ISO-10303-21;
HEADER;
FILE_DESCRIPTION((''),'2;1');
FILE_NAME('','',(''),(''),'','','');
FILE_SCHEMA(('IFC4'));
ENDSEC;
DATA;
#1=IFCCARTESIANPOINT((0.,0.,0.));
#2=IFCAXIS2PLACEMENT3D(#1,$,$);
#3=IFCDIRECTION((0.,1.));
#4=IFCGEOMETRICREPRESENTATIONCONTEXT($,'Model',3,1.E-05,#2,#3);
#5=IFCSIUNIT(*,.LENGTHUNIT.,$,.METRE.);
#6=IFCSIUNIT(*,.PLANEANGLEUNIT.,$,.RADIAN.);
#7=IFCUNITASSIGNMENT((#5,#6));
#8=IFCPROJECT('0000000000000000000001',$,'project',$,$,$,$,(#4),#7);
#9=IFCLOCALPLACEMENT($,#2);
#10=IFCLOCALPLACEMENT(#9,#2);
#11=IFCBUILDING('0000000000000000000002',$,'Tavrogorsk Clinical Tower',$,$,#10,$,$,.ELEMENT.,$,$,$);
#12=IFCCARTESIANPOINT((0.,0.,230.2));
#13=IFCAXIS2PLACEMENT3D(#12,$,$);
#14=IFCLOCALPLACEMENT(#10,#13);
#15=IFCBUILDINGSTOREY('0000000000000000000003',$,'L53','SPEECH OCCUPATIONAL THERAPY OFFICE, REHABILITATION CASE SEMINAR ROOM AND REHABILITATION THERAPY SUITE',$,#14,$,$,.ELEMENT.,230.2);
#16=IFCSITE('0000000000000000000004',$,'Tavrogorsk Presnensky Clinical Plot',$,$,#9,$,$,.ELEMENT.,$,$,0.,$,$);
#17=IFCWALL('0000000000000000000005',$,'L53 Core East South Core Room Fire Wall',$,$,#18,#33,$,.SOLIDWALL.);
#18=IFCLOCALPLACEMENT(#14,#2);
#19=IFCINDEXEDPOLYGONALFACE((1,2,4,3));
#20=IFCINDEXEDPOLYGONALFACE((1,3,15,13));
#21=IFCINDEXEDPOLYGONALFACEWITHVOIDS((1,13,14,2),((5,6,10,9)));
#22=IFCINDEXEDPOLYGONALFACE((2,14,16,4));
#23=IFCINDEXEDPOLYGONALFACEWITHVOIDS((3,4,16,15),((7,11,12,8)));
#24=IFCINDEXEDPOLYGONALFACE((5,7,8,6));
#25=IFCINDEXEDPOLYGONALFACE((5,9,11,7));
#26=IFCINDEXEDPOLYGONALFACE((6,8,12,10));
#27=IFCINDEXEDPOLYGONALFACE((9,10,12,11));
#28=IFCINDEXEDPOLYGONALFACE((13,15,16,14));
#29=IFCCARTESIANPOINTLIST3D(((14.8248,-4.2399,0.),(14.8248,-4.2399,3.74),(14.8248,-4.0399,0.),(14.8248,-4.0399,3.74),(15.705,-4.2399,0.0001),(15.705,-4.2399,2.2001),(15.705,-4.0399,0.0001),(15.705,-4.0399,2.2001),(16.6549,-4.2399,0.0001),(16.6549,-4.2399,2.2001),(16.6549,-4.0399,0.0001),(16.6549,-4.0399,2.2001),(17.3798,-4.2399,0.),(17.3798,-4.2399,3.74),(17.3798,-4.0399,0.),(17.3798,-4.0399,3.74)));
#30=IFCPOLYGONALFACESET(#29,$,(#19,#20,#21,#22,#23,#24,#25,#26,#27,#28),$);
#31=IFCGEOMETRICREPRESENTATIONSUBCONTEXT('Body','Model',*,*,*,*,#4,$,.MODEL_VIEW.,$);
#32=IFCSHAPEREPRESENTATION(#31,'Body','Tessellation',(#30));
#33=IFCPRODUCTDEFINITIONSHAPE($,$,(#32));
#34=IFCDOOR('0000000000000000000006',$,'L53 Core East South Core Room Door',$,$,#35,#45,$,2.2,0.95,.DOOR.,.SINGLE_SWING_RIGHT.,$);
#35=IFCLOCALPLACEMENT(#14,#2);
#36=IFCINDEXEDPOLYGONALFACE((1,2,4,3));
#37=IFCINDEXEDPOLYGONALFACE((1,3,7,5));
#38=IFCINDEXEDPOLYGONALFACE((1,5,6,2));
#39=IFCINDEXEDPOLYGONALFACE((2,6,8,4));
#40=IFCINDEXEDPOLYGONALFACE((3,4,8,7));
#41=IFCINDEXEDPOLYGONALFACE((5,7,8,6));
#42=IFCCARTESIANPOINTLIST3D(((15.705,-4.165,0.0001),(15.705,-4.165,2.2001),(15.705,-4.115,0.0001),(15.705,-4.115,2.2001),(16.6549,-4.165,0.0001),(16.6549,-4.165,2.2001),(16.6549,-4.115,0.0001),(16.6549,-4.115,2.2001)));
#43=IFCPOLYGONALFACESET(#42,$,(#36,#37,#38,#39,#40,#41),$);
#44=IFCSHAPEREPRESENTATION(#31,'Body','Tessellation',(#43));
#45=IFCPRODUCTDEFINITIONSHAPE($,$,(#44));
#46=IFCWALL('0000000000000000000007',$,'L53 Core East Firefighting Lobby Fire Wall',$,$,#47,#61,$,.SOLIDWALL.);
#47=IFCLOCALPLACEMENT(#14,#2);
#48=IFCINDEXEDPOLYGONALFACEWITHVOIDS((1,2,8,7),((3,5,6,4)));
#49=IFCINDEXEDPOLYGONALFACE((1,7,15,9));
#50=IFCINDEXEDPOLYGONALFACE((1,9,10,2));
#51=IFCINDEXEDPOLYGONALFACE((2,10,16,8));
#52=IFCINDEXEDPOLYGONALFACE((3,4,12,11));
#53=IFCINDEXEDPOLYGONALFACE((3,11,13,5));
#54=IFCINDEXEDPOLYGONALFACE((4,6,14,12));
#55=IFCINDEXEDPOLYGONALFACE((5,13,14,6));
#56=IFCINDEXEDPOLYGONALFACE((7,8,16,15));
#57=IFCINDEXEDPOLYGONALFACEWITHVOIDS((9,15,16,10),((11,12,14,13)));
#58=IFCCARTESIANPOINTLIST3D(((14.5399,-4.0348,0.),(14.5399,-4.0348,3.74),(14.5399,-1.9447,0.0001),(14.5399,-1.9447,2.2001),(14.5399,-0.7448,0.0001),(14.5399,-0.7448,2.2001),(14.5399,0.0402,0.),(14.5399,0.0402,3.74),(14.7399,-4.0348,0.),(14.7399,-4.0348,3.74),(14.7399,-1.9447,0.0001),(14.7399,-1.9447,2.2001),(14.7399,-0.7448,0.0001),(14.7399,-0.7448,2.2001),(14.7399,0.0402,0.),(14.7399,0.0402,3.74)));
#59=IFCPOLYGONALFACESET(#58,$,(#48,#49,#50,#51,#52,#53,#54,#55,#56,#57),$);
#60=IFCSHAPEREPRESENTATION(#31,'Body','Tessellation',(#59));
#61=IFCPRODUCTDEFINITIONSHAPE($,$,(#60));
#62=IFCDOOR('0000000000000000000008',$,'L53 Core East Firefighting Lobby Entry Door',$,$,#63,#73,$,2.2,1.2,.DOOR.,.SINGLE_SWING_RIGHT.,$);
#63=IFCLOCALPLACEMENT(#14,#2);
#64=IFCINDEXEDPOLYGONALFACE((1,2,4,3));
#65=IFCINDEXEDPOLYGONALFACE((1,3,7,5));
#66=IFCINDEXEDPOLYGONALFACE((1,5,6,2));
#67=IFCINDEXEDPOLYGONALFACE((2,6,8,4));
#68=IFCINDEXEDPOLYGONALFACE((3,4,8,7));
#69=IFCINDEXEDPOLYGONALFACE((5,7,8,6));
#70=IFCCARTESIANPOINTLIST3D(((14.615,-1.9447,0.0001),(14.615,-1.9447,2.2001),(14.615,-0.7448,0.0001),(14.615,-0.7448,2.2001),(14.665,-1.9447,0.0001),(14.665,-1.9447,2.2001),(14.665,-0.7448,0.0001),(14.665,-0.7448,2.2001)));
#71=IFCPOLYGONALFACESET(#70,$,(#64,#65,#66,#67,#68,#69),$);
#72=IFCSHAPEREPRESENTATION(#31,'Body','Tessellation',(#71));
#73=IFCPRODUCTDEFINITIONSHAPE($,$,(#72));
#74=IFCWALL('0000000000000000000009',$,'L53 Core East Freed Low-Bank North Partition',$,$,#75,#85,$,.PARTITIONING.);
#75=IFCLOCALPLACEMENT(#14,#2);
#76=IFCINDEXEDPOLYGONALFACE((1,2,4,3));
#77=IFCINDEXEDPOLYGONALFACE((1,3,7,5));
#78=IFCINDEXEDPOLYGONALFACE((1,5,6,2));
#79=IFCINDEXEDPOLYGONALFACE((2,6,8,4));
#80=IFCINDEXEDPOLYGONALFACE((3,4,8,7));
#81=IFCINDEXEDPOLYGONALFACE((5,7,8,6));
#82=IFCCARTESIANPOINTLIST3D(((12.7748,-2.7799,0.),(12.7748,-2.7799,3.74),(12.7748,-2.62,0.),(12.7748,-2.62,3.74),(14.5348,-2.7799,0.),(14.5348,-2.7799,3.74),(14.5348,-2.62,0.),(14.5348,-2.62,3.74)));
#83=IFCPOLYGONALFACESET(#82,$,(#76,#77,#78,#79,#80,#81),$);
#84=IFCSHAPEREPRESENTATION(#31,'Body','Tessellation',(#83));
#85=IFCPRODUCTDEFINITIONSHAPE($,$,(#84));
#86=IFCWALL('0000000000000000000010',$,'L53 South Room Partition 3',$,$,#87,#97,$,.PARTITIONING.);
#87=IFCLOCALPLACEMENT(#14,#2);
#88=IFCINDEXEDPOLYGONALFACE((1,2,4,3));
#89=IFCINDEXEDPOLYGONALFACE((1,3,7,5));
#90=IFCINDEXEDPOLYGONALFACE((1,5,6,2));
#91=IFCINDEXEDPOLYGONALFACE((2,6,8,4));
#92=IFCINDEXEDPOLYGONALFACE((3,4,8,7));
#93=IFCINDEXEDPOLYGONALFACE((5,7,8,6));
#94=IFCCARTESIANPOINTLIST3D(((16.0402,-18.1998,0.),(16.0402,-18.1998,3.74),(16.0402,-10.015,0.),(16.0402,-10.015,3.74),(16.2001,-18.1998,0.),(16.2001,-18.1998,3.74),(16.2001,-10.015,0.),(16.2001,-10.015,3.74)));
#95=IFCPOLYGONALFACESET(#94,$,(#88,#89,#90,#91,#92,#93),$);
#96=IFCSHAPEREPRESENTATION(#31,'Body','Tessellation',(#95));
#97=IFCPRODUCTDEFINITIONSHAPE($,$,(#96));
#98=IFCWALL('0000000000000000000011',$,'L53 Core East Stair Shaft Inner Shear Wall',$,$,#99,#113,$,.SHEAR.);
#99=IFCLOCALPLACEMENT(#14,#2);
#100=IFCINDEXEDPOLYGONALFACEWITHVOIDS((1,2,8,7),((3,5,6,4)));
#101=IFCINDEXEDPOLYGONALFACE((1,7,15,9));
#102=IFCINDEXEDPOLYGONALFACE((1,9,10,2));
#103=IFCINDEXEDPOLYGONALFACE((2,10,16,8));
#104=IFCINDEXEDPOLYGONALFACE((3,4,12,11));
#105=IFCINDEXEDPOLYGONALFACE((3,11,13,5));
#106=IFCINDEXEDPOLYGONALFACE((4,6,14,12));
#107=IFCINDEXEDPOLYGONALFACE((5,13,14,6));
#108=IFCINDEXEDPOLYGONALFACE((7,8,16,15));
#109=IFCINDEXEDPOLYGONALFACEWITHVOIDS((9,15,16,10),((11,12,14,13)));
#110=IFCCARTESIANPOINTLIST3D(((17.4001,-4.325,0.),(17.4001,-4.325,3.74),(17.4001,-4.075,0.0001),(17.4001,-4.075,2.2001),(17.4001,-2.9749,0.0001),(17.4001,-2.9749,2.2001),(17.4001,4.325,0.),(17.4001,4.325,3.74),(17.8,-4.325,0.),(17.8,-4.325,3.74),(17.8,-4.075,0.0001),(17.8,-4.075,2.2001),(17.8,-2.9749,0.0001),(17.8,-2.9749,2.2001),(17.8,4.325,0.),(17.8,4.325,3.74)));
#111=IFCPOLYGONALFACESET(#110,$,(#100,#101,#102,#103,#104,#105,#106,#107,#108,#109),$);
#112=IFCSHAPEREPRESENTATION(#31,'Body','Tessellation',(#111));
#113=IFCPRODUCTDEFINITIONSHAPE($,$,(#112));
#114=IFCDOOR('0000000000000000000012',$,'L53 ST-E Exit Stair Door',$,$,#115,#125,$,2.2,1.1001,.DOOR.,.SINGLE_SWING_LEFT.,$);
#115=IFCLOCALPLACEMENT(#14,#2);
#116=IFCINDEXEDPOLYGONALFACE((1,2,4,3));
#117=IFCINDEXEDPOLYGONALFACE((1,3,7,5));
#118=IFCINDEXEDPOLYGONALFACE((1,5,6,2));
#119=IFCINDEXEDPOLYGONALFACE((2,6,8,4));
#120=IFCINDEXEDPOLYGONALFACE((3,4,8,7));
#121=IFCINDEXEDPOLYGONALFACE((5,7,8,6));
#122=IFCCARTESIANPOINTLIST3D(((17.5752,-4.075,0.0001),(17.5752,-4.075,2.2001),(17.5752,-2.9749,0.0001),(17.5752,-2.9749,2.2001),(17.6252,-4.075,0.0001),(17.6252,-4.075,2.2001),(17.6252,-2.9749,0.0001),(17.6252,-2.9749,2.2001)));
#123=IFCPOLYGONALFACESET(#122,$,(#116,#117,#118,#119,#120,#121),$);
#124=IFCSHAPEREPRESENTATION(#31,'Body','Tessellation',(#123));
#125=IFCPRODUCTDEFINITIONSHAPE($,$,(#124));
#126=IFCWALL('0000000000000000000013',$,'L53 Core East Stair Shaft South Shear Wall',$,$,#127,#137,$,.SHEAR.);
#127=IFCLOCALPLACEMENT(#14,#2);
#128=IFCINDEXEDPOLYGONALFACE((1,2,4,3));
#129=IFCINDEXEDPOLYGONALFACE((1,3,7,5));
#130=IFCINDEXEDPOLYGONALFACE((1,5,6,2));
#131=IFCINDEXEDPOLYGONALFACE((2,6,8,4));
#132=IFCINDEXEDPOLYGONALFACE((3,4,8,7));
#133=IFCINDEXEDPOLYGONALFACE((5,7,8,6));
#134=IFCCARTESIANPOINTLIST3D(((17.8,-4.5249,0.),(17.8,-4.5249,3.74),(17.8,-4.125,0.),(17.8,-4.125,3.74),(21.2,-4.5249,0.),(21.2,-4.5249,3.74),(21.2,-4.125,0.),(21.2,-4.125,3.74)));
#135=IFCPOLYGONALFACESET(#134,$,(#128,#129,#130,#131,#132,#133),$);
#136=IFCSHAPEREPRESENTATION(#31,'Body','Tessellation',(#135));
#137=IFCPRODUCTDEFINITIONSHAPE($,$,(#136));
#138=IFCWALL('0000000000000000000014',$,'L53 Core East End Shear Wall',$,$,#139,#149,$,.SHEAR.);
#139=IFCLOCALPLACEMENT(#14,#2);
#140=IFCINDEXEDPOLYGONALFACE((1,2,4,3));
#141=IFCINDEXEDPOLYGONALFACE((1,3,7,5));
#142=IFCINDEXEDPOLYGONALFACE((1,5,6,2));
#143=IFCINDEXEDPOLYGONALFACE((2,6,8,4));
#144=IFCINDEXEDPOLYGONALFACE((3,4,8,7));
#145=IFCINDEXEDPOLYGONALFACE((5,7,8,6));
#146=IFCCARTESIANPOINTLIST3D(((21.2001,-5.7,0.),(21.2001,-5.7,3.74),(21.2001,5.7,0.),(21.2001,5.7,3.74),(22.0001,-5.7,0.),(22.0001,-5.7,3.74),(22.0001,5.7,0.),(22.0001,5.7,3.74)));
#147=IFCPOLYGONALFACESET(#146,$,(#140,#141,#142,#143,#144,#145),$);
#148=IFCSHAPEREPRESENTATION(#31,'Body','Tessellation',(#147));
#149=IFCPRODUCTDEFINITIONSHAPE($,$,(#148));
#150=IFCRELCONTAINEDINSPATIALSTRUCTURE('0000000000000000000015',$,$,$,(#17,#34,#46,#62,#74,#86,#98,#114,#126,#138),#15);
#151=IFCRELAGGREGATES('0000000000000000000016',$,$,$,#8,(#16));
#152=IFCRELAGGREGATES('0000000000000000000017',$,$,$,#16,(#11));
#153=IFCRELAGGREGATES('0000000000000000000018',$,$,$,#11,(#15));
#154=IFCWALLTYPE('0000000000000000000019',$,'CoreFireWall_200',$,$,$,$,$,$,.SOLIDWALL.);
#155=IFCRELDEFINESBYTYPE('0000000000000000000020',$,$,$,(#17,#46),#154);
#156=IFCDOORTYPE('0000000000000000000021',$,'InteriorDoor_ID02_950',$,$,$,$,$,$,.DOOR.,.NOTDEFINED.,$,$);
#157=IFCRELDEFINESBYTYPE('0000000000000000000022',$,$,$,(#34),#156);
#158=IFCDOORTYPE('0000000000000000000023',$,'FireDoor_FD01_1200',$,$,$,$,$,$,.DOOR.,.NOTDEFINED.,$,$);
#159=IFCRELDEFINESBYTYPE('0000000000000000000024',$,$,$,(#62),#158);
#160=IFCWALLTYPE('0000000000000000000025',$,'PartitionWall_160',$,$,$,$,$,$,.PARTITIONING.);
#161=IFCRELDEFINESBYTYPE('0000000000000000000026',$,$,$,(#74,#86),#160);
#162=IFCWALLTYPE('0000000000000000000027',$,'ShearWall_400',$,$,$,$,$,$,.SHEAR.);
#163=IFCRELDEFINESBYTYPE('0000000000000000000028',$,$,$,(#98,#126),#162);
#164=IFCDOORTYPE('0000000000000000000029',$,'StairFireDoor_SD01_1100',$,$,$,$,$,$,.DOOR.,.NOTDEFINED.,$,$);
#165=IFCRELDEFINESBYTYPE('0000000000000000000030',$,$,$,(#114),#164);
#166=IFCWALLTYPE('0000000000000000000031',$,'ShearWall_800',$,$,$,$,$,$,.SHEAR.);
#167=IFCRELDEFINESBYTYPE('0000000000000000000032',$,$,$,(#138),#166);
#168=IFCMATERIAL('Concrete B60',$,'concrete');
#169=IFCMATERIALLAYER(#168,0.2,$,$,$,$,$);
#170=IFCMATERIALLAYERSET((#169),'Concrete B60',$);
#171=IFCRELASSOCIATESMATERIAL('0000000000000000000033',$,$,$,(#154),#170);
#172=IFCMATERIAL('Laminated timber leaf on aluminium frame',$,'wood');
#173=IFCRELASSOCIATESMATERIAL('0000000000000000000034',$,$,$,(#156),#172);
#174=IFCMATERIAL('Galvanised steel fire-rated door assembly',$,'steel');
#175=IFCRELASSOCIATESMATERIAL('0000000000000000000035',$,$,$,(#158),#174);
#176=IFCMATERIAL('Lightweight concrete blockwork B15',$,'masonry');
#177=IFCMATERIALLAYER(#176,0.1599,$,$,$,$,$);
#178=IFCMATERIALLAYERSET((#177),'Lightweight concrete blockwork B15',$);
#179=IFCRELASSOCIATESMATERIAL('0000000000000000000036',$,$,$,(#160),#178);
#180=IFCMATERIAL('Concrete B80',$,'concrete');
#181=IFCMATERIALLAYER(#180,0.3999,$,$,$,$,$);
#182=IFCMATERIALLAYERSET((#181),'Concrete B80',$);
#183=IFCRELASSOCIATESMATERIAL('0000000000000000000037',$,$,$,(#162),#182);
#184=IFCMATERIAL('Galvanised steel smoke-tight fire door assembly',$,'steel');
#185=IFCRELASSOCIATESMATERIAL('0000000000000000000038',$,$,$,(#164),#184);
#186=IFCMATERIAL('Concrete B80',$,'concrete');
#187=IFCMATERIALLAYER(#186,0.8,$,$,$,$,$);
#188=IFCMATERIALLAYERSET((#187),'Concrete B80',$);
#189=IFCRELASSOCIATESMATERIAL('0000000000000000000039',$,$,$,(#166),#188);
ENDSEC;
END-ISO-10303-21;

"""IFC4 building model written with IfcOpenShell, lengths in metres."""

from ifc_helpers import new_model, si_unit, direction, frame, frame_2d, origin, place, context, subcontext, project, spatial, rectangle, extrude, material, layer, layer_set, type_object, element, fill, save


model = new_model("IFC4")

# Units and contexts
model_context = context("Model", 3, precision=1e-05, world=origin(), true_north=direction((0.0, 1.0)))
body_context = subcontext(model_context, "Body", "Model", "MODEL_VIEW")
ifc_project = project(units=[si_unit("LENGTHUNIT", "METRE"), si_unit("PLANEANGLEUNIT", "RADIAN")], contexts=[model_context])

# Site, building, storey
site_placement = place(None, origin())
site = spatial("IfcSite", under=ifc_project, at=site_placement, Name="Tavrogorsk Presnensky Clinical Plot", CompositionType="ELEMENT", RefElevation=0.0)
building_placement = place(site_placement, origin())
building = spatial("IfcBuilding", under=site, at=building_placement, Name="Tavrogorsk Clinical Tower", CompositionType="ELEMENT")
storey_placement = place(building_placement, frame((0.0, 0.0, 230.2)))
storey = spatial("IfcBuildingStorey", under=building, at=storey_placement, Name="L53", Description="SPEECH OCCUPATIONAL THERAPY OFFICE, REHABILITATION CASE SEMINAR ROOM AND REHABILITATION THERAPY SUITE", CompositionType="ELEMENT", Elevation=230.2)

# Walls, openings, doors
ifc_material_1 = material(Name="Concrete B60", Category="concrete")
ifc_layer_1 = layer(ifc_material_1, 0.2)
ifc_layer_set_1 = layer_set([ifc_layer_1], Name="Concrete B60")
wall_type_1 = type_object("IfcWallType", Name="CoreFireWall_200", PredefinedType="SOLIDWALL", material=ifc_layer_set_1)
wall_1_placement = place(storey_placement, frame((14.825, -4.1399, 0.0), z_axis=(0.0, 0.0, 1.0), x_axis=(1.0, 0.0, 0.0)))
wall_1 = element("IfcWall", 1, at=wall_1_placement, inside=storey, type_object=wall_type_1, Name="L53 Core East South Core Room Fire Wall", PredefinedType="SOLIDWALL", context=body_context, shape_type="SweptSolid", body=[
    extrude(rectangle(XDim=2.5549, YDim=0.2, at=frame_2d((1.2773, 0.0))), origin(), (0.0, 0.0, 1.0), 3.74),
])
opening_1_placement = place(wall_1_placement, frame((0.8799, 0.0, 0.0)))
opening_1 = element("IfcOpeningElement", 2, at=opening_1_placement, cuts=wall_1, PredefinedType="OPENING", context=body_context, shape_type="SweptSolid", body=[
    extrude(rectangle(XDim=0.95, YDim=2.2, at=frame_2d((0.4751, 1.1001))), frame((0.0, 0.1099, 0.0), z_axis=(0.0, -1.0, 0.0), x_axis=(1.0, 0.0, 0.0)), (0.0, 0.0, 1.0), 0.22),
])
ifc_material_2 = material(Name="Laminated timber leaf on aluminium frame", Category="wood")
door_type_1 = type_object("IfcDoorType", Name="InteriorDoor_ID02_950", OperationType="NOTDEFINED", PredefinedType="DOOR", material=ifc_material_2)
door_1_placement = place(opening_1_placement, origin())
door_1 = element("IfcDoor", 3, at=door_1_placement, inside=storey, type_object=door_type_1, Name="L53 Core East South Core Room Door", OperationType="SINGLE_SWING_RIGHT", OverallHeight=2.2, OverallWidth=0.95, PredefinedType="DOOR", context=body_context, shape_type="SweptSolid", body=[
    extrude(rectangle(XDim=0.95, YDim=2.2, at=frame_2d((0.4751, 1.1001))), frame((0.0, 0.0249, 0.0), z_axis=(0.0, -1.0, 0.0), x_axis=(1.0, 0.0, 0.0)), (0.0, 0.0, 1.0), 0.05),
])
fill(opening_1, door_1)
wall_2_placement = place(storey_placement, frame((14.6399, -4.0349, 0.0), z_axis=(0.0, 0.0, 1.0), x_axis=(0.0, 1.0, 0.0)))
wall_2 = element("IfcWall", 4, at=wall_2_placement, inside=storey, type_object=wall_type_1, Name="L53 Core East Firefighting Lobby Fire Wall", PredefinedType="SOLIDWALL", context=body_context, shape_type="SweptSolid", body=[
    extrude(rectangle(XDim=4.075, YDim=0.2, at=frame_2d((2.0376, 0.0))), origin(), (0.0, 0.0, 1.0), 3.74),
])
opening_2_placement = place(wall_2_placement, frame((2.0901, 0.0, 0.0)))
opening_2 = element("IfcOpeningElement", 5, at=opening_2_placement, cuts=wall_2, PredefinedType="OPENING", context=body_context, shape_type="SweptSolid", body=[
    extrude(rectangle(XDim=1.2, YDim=2.2, at=frame_2d((0.6001, 1.1001))), frame((0.0, 0.1099, 0.0), z_axis=(0.0, -1.0, 0.0), x_axis=(1.0, 0.0, 0.0)), (0.0, 0.0, 1.0), 0.22),
])
ifc_material_3 = material(Name="Galvanised steel fire-rated door assembly", Category="steel")
door_type_2 = type_object("IfcDoorType", Name="FireDoor_FD01_1200", OperationType="NOTDEFINED", PredefinedType="DOOR", material=ifc_material_3)
door_2_placement = place(opening_2_placement, origin())
door_2 = element("IfcDoor", 6, at=door_2_placement, inside=storey, type_object=door_type_2, Name="L53 Core East Firefighting Lobby Entry Door", OperationType="SINGLE_SWING_RIGHT", OverallHeight=2.2, OverallWidth=1.2, PredefinedType="DOOR", context=body_context, shape_type="SweptSolid", body=[
    extrude(rectangle(XDim=1.2, YDim=2.2, at=frame_2d((0.6001, 1.1001))), frame((0.0, 0.0249, 0.0), z_axis=(0.0, -1.0, 0.0), x_axis=(1.0, 0.0, 0.0)), (0.0, 0.0, 1.0), 0.05),
])
fill(opening_2, door_2)

# Walls
ifc_material_4 = material(Name="Lightweight concrete blockwork B15", Category="masonry")
ifc_layer_2 = layer(ifc_material_4, 0.1599)
ifc_layer_set_2 = layer_set([ifc_layer_2], Name="Lightweight concrete blockwork B15")
wall_type_2 = type_object("IfcWallType", Name="PartitionWall_160", PredefinedType="PARTITIONING", material=ifc_layer_set_2)
wall_3_placement = place(storey_placement, frame((12.7749, -2.7, 0.0), z_axis=(0.0, 0.0, 1.0), x_axis=(1.0, 0.0, 0.0)))
element("IfcWall", 7, at=wall_3_placement, inside=storey, type_object=wall_type_2, Name="L53 Core East Freed Low-Bank North Partition", PredefinedType="PARTITIONING", context=body_context, shape_type="SweptSolid", body=[
    extrude(rectangle(XDim=1.76, YDim=0.1599, at=frame_2d((0.8799, 0.0))), origin(), (0.0, 0.0, 1.0), 3.74),
])
wall_4_placement = place(storey_placement, frame((16.1201, -18.1997, 0.0), z_axis=(0.0, 0.0, 1.0), x_axis=(0.0, 1.0, 0.0)))
element("IfcWall", 8, at=wall_4_placement, inside=storey, type_object=wall_type_2, Name="L53 South Room Partition 3", PredefinedType="PARTITIONING", context=body_context, shape_type="SweptSolid", body=[
    extrude(rectangle(XDim=8.1848, YDim=0.1599, at=frame_2d((4.0923, 0.0))), origin(), (0.0, 0.0, 1.0), 3.74),
])

# Wall, opening, door
ifc_material_5 = material(Name="Concrete B80", Category="concrete")
ifc_layer_3 = layer(ifc_material_5, 0.3999)
ifc_layer_set_3 = layer_set([ifc_layer_3], Name="Concrete B80")
wall_type_3 = type_object("IfcWallType", Name="ShearWall_400", PredefinedType="SHEAR", material=ifc_layer_set_3)
wall_5_placement = place(storey_placement, frame((17.6001, -4.325, 0.0), z_axis=(0.0, 0.0, 1.0), x_axis=(0.0, 1.0, 0.0)))
wall_5 = element("IfcWall", 9, at=wall_5_placement, inside=storey, type_object=wall_type_3, Name="L53 Core East Stair Shaft Inner Shear Wall", PredefinedType="SHEAR", context=body_context, shape_type="SweptSolid", body=[
    extrude(rectangle(XDim=8.6499, YDim=0.3999, at=frame_2d((4.325, 0.0))), origin(), (0.0, 0.0, 1.0), 3.74),
])
opening_3_placement = place(wall_5_placement, frame((0.25, 0.0, 0.0)))
opening_3 = element("IfcOpeningElement", 10, at=opening_3_placement, cuts=wall_5, PredefinedType="OPENING", context=body_context, shape_type="SweptSolid", body=[
    extrude(rectangle(XDim=1.1001, YDim=2.2, at=frame_2d((0.55, 1.1001))), frame((0.0, 0.21, 0.0), z_axis=(0.0, -1.0, 0.0), x_axis=(1.0, 0.0, 0.0)), (0.0, 0.0, 1.0), 0.4199),
])
ifc_material_6 = material(Name="Galvanised steel smoke-tight fire door assembly", Category="steel")
door_type_3 = type_object("IfcDoorType", Name="StairFireDoor_SD01_1100", OperationType="NOTDEFINED", PredefinedType="DOOR", material=ifc_material_6)
door_3_placement = place(opening_3_placement, origin())
door_3 = element("IfcDoor", 11, at=door_3_placement, inside=storey, type_object=door_type_3, Name="L53 ST-E Exit Stair Door", OperationType="SINGLE_SWING_LEFT", OverallHeight=2.2, OverallWidth=1.1001, PredefinedType="DOOR", context=body_context, shape_type="SweptSolid", body=[
    extrude(rectangle(XDim=1.1001, YDim=2.2, at=frame_2d((0.55, 1.1001))), frame((0.0, 0.0249, 0.0), z_axis=(0.0, -1.0, 0.0), x_axis=(1.0, 0.0, 0.0)), (0.0, 0.0, 1.0), 0.05),
])
fill(opening_3, door_3)

# Walls
wall_6_placement = place(storey_placement, frame((17.8, -4.325, 0.0), z_axis=(0.0, 0.0, 1.0), x_axis=(1.0, 0.0, 0.0)))
element("IfcWall", 12, at=wall_6_placement, inside=storey, type_object=wall_type_3, Name="L53 Core East Stair Shaft South Shear Wall", PredefinedType="SHEAR", context=body_context, shape_type="SweptSolid", body=[
    extrude(rectangle(XDim=3.3999, YDim=0.3999, at=frame_2d((1.7, 0.0))), origin(), (0.0, 0.0, 1.0), 3.74),
])
ifc_material_7 = material(Name="Concrete B80", Category="concrete")
ifc_layer_4 = layer(ifc_material_7, 0.8)
ifc_layer_set_4 = layer_set([ifc_layer_4], Name="Concrete B80")
wall_type_4 = type_object("IfcWallType", Name="ShearWall_800", PredefinedType="SHEAR", material=ifc_layer_set_4)
wall_7_placement = place(storey_placement, frame((21.6001, -5.7, 0.0), z_axis=(0.0, 0.0, 1.0), x_axis=(0.0, 1.0, 0.0)))
element("IfcWall", 13, at=wall_7_placement, inside=storey, type_object=wall_type_4, Name="L53 Core East End Shear Wall", PredefinedType="SHEAR", context=body_context, shape_type="SweptSolid", body=[
    extrude(rectangle(XDim=11.3999, YDim=0.8, at=frame_2d((5.7, 0.0))), origin(), (0.0, 0.0, 1.0), 3.74),
])

save(model, "model.ifc")
